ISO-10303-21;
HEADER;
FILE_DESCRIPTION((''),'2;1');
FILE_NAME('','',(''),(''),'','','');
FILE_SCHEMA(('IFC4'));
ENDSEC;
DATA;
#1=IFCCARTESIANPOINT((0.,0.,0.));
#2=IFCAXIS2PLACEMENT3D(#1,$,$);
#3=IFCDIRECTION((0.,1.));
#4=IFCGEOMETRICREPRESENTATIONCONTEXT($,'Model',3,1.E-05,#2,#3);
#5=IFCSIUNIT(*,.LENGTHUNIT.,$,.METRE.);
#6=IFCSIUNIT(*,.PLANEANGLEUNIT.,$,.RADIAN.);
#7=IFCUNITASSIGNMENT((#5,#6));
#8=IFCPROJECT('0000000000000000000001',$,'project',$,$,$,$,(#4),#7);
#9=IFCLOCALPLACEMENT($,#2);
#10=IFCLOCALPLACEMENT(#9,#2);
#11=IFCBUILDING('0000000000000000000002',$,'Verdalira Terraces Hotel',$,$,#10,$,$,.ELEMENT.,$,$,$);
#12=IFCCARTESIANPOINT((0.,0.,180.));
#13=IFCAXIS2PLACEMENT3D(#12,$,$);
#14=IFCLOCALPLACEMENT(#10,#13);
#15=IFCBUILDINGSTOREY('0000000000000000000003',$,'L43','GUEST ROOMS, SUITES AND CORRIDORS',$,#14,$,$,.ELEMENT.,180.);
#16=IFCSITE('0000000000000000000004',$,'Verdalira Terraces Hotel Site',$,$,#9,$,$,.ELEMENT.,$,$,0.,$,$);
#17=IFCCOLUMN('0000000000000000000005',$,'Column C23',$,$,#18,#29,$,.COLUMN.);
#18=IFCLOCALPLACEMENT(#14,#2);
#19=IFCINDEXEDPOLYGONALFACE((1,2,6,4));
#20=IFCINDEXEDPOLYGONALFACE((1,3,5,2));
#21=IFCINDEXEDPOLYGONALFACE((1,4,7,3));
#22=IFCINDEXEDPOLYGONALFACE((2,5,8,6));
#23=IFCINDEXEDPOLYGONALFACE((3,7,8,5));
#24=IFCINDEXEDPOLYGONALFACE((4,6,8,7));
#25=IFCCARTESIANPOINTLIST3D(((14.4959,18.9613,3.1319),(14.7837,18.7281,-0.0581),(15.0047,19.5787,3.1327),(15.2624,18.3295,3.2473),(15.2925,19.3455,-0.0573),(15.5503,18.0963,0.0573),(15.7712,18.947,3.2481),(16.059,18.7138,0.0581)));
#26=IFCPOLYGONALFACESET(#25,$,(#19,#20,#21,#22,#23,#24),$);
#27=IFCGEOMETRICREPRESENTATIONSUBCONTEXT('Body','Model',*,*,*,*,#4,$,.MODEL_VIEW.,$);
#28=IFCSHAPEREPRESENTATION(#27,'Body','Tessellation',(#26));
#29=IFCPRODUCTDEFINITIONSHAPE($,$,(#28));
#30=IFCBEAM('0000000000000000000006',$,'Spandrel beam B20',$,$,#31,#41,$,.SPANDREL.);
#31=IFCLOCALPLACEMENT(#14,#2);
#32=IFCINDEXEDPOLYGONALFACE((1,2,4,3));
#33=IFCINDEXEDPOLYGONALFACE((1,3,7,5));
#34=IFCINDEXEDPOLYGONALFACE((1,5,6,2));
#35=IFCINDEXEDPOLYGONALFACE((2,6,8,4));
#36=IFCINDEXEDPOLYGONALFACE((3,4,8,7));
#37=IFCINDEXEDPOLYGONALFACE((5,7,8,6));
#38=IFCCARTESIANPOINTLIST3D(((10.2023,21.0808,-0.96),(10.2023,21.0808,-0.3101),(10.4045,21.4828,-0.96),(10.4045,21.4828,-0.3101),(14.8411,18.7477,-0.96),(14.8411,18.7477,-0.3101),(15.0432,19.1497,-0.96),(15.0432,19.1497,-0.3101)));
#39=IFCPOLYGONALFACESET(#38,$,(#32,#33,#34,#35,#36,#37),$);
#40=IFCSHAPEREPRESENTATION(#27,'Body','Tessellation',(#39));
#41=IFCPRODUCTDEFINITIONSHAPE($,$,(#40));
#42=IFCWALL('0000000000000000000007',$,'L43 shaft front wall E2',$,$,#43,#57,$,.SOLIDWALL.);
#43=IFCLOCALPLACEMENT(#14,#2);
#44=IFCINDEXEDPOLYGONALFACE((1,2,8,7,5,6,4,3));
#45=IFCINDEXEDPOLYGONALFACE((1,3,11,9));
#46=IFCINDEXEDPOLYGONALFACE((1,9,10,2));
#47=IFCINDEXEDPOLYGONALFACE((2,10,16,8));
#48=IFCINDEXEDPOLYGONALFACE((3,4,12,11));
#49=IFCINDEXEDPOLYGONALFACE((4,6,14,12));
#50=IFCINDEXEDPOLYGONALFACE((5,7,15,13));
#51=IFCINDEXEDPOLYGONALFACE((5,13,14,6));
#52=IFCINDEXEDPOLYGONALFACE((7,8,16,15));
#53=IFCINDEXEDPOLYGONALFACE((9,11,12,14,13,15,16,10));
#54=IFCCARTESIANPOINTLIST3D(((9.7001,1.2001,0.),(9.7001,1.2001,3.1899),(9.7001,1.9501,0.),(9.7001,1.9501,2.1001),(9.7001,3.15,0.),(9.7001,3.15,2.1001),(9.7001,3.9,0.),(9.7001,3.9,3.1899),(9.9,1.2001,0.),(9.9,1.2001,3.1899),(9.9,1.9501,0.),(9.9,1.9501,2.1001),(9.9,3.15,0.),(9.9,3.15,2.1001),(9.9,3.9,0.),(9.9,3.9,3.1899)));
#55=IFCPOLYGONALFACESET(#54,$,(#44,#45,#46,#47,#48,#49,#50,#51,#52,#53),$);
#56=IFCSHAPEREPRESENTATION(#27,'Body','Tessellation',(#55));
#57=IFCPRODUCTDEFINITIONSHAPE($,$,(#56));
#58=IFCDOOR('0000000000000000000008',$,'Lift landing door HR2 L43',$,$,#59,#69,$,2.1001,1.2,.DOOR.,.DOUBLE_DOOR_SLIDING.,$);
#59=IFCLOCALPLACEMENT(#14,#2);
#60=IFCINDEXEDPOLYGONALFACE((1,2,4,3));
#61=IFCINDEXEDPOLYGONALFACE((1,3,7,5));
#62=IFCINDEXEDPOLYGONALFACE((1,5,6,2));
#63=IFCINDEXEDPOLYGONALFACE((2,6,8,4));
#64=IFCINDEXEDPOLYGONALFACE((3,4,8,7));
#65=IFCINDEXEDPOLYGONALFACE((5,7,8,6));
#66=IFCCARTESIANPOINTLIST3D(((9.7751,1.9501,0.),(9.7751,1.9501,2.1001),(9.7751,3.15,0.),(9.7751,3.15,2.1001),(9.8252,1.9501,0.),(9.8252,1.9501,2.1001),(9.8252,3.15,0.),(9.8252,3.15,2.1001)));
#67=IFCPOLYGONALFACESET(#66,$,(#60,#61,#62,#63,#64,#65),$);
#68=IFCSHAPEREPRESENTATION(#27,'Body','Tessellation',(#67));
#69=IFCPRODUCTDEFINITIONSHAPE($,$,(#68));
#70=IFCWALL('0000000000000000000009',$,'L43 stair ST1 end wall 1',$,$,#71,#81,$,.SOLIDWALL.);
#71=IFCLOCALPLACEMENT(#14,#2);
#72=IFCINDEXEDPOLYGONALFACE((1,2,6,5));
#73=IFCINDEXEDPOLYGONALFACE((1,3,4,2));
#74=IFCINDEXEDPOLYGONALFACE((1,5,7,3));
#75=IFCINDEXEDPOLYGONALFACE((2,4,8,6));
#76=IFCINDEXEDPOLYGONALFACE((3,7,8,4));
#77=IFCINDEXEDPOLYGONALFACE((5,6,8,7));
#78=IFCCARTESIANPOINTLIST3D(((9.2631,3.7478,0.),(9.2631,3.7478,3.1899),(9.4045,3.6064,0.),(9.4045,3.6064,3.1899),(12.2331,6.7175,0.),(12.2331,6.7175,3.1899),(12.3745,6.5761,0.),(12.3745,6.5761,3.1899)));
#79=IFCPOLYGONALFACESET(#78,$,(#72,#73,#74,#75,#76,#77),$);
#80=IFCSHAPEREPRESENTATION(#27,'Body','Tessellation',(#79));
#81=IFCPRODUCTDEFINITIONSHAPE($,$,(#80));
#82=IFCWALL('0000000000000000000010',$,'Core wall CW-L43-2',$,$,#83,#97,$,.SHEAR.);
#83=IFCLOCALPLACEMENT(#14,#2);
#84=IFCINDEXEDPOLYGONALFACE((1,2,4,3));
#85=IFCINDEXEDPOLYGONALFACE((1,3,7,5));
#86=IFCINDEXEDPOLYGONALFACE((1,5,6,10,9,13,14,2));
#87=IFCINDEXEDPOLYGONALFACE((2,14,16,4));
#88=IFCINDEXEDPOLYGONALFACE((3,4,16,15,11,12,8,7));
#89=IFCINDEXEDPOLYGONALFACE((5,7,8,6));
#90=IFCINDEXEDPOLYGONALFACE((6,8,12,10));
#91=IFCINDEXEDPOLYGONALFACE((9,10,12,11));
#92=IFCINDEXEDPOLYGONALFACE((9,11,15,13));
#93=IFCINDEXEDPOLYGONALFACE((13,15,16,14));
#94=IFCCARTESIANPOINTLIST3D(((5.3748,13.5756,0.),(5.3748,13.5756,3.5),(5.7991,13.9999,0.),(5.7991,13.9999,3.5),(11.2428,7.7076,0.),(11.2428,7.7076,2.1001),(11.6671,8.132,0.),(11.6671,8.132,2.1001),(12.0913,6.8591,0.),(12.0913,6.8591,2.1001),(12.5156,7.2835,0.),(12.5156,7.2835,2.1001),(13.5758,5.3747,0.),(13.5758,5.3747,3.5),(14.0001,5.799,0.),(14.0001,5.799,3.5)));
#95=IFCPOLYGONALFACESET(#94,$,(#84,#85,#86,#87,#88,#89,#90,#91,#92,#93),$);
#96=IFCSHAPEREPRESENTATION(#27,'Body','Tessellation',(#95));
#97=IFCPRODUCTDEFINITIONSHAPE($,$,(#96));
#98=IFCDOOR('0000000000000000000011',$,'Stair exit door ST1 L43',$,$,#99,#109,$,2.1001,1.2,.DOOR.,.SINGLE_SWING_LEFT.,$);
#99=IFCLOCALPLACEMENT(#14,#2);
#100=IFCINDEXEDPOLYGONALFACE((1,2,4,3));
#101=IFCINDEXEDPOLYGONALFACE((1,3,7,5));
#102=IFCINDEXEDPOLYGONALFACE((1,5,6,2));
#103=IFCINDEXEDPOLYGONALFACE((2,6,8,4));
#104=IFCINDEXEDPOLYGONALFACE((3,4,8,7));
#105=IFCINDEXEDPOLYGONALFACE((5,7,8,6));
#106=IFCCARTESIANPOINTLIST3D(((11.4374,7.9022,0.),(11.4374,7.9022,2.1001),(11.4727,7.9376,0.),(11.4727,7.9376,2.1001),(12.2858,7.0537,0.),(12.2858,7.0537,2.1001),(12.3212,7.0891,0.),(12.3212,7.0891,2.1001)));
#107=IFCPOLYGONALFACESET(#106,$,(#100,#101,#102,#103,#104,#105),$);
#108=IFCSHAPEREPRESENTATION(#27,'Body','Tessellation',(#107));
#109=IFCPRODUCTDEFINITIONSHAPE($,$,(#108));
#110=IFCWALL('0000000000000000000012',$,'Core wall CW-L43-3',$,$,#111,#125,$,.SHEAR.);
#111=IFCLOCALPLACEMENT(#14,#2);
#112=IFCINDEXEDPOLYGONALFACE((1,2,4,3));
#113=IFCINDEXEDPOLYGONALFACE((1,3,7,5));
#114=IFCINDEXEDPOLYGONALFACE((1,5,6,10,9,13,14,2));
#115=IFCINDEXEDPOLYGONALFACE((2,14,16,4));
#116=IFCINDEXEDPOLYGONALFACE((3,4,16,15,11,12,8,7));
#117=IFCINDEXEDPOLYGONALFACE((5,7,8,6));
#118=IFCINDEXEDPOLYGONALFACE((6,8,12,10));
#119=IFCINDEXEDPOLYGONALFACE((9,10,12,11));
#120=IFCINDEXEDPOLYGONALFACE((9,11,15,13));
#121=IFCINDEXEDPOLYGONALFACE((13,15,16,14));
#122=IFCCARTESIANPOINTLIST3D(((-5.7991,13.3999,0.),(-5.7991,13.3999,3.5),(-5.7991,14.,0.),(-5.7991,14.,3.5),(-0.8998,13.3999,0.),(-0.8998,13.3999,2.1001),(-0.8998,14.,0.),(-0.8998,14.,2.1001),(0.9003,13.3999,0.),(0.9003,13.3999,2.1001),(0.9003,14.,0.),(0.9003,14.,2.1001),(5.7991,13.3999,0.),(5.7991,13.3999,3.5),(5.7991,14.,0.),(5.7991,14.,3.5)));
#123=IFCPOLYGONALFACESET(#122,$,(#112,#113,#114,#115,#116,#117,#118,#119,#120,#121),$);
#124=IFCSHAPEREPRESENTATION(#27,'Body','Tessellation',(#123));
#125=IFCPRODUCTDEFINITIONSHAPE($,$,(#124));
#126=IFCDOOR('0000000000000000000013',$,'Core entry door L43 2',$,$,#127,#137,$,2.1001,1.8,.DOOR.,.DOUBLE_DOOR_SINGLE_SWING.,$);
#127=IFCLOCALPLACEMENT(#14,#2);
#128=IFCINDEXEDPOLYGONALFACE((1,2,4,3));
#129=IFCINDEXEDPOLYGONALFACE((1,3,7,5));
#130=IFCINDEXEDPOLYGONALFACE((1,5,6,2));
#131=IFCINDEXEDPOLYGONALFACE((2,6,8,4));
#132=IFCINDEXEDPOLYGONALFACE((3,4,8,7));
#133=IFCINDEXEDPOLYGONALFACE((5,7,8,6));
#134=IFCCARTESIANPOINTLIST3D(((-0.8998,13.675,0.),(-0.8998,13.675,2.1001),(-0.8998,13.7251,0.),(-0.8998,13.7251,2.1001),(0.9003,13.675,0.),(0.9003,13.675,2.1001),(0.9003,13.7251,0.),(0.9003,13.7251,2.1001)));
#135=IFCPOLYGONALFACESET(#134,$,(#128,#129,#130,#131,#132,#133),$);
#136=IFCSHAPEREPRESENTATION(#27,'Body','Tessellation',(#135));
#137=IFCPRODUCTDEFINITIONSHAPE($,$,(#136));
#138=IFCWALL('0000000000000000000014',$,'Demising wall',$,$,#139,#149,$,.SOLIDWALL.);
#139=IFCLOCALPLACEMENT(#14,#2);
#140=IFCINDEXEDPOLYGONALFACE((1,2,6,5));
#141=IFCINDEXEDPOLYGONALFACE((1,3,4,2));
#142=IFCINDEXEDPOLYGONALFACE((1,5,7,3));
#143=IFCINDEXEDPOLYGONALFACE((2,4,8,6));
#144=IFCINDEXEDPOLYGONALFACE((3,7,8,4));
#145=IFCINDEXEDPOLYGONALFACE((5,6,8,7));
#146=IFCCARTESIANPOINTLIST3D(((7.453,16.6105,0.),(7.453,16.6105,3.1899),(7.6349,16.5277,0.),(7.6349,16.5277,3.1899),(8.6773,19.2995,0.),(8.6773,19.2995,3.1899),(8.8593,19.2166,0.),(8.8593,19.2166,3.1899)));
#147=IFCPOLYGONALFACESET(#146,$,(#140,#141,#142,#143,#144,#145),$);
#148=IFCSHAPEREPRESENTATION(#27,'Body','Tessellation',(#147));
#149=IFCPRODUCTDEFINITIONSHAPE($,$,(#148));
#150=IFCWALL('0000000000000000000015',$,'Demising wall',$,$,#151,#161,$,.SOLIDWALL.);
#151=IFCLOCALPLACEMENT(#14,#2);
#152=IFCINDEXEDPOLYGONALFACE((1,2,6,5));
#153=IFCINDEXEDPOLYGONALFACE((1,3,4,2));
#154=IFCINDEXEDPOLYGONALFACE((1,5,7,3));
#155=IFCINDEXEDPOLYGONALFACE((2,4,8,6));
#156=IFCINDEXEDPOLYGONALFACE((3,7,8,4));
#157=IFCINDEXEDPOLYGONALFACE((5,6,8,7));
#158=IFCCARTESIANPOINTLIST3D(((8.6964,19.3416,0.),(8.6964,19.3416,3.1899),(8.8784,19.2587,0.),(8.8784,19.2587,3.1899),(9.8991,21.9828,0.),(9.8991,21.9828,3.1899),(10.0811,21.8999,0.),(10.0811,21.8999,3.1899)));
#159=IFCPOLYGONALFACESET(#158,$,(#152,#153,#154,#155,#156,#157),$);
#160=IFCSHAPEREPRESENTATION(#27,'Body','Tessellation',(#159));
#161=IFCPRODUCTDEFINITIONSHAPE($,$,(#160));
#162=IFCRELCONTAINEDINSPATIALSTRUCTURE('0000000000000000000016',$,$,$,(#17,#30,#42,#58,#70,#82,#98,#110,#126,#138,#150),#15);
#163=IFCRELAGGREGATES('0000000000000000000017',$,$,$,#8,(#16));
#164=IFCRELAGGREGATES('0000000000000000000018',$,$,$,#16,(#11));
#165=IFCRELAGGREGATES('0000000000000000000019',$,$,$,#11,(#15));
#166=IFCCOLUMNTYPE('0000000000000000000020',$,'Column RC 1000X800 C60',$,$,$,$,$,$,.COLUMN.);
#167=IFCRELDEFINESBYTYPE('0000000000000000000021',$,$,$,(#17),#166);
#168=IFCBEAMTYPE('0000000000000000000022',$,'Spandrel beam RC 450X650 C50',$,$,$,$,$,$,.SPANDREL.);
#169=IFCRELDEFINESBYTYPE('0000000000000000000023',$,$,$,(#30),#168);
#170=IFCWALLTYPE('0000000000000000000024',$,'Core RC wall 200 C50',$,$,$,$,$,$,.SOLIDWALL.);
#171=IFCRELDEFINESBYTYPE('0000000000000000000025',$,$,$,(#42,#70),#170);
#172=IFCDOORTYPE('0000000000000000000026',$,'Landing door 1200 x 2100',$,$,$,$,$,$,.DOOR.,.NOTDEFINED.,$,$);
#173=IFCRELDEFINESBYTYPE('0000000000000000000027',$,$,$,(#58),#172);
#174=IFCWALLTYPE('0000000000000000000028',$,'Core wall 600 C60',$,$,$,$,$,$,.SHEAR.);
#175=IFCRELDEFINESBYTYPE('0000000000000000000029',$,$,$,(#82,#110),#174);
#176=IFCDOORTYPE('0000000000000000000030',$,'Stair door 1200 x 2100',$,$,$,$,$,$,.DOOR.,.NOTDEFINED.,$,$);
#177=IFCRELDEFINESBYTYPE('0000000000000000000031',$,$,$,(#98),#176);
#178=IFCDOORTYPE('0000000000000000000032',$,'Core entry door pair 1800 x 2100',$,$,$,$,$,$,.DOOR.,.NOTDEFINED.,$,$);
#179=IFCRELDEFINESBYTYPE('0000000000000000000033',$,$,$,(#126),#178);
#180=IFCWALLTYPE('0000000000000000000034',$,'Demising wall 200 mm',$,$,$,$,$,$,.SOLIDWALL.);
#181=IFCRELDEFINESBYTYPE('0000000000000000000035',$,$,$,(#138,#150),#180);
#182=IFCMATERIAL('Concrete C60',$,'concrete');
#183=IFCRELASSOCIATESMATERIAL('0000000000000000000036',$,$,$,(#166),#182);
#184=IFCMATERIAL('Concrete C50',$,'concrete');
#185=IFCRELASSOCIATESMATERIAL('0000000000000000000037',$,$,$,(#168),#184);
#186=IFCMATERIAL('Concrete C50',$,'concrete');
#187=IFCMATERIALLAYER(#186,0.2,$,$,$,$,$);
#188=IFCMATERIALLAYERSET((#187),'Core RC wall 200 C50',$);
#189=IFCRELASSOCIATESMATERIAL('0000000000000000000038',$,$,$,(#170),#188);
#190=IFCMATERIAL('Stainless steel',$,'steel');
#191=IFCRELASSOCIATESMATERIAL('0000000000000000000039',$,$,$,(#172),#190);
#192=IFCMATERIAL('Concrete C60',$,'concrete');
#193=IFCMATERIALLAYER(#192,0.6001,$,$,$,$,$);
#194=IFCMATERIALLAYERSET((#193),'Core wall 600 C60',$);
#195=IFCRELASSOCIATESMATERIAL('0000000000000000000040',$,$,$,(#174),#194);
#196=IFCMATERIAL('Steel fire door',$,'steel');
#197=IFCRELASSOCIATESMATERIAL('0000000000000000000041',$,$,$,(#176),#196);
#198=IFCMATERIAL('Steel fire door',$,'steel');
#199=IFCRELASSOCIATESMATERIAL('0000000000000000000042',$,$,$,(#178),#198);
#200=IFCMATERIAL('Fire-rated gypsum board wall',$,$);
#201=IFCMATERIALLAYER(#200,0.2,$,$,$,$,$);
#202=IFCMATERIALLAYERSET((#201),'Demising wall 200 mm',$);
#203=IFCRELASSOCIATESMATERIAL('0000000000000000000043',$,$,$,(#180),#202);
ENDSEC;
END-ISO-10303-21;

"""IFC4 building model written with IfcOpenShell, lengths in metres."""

from ifc_helpers import new_model, si_unit, direction, frame, frame_2d, origin, origin_2d, place, context, subcontext, project, spatial, rectangle, extrude, material, layer, layer_set, material_profile, profile_set, type_object, element, fill, save


model = new_model("IFC4")

# Units and contexts
model_context = context("Model", 3, precision=1e-05, world=origin(), true_north=direction((0.0, 1.0)))
body_context = subcontext(model_context, "Body", "Model", "MODEL_VIEW")
ifc_project = project(units=[si_unit("LENGTHUNIT", "METRE"), si_unit("PLANEANGLEUNIT", "RADIAN")], contexts=[model_context])

# Site, building, storey
site_placement = place(None, origin())
site = spatial("IfcSite", under=ifc_project, at=site_placement, Name="Verdalira Terraces Hotel Site", CompositionType="ELEMENT", RefElevation=0.0)
building_placement = place(site_placement, origin())
building = spatial("IfcBuilding", under=site, at=building_placement, Name="Verdalira Terraces Hotel", CompositionType="ELEMENT")
storey_placement = place(building_placement, frame((0.0, 0.0, 180.0)))
storey = spatial("IfcBuildingStorey", under=building, at=storey_placement, Name="L43", Description="GUEST ROOMS, SUITES AND CORRIDORS", CompositionType="ELEMENT", Elevation=180.0)

# Column
ifc_material_1 = material(Name="Concrete C60", Category="concrete")
ifc_material_profile_1 = material_profile(ifc_material_1, rectangle(XDim=1.0, YDim=0.8, at=origin_2d()), Name="RC 1000X800")
ifc_profile_set_1 = profile_set([ifc_material_profile_1], Name="Concrete C60")
column_type = type_object("IfcColumnType", Name="Column RC 1000X800 C60", PredefinedType="COLUMN", material=ifc_profile_set_1)
column_placement = place(storey_placement, frame((15.4214, 18.7209, 0.0), z_axis=(-0.089632, 0.072603, 0.993325), x_axis=(0.766538, -0.631755, 0.115343)))
element("IfcColumn", 1, at=column_placement, inside=storey, type_object=column_type, Name="Column C23", PredefinedType="COLUMN", context=body_context, shape_type="SweptSolid", body=[
    extrude(rectangle(XDim=1.0, YDim=0.8, at=origin_2d()), origin(), (0.0, 0.0, 1.0), 3.2114),
])

# Beam
ifc_material_2 = material(Name="Concrete C50", Category="concrete")
ifc_material_profile_2 = material_profile(ifc_material_2, rectangle(XDim=0.45, YDim=0.6499, at=origin_2d()), Name="RC 450X650")
ifc_profile_set_2 = profile_set([ifc_material_profile_2], Name="Concrete C50")
beam_type = type_object("IfcBeamType", Name="Spandrel beam RC 450X650 C50", PredefinedType="SPANDREL", material=ifc_profile_set_2)
beam_placement = place(storey_placement, frame((14.9421, 18.9487, -0.635), z_axis=(-0.893371, 0.449319, 0.0), x_axis=(-0.449319, -0.893371, 0.0)))
element("IfcBeam", 2, at=beam_placement, inside=storey, type_object=beam_type, Name="Spandrel beam B20", PredefinedType="SPANDREL", context=body_context, shape_type="SweptSolid", body=[
    extrude(rectangle(XDim=0.45, YDim=0.6499, at=origin_2d()), origin(), (0.0, 0.0, 1.0), 5.1924),
])

# Wall, opening, door
ifc_material_3 = material(Name="Concrete C50", Category="concrete")
ifc_layer_1 = layer(ifc_material_3, 0.2)
ifc_layer_set_1 = layer_set([ifc_layer_1], Name="Core RC wall 200 C50")
wall_type_1 = type_object("IfcWallType", Name="Core RC wall 200 C50", PredefinedType="SOLIDWALL", material=ifc_layer_set_1)
wall_1_placement = place(storey_placement, frame((9.8, 1.2, 0.0), z_axis=(0.0, 0.0, 1.0), x_axis=(0.0, 1.0, 0.0)))
wall_1 = element("IfcWall", 3, at=wall_1_placement, inside=storey, type_object=wall_type_1, Name="L43 shaft front wall E2", PredefinedType="SOLIDWALL", context=body_context, shape_type="SweptSolid", body=[
    extrude(rectangle(XDim=2.7, YDim=0.2, at=frame_2d((1.3501, 0.0))), origin(), (0.0, 0.0, 1.0), 3.1899),
])
opening_1_placement = place(wall_1_placement, frame((0.75, 0.0, 0.0)))
opening_1 = element("IfcOpeningElement", 4, at=opening_1_placement, cuts=wall_1, PredefinedType="OPENING", context=body_context, shape_type="SweptSolid", body=[
    extrude(rectangle(XDim=1.2, YDim=2.1001, at=frame_2d((0.6001, 1.05))), frame((0.0, 0.1099, 0.0), z_axis=(0.0, -1.0, 0.0), x_axis=(1.0, 0.0, 0.0)), (0.0, 0.0, 1.0), 0.22),
])
ifc_material_4 = material(Name="Stainless steel", Category="steel")
door_type_1 = type_object("IfcDoorType", Name="Landing door 1200 x 2100", OperationType="NOTDEFINED", PredefinedType="DOOR", material=ifc_material_4)
door_1_placement = place(opening_1_placement, origin())
door_1 = element("IfcDoor", 5, at=door_1_placement, inside=storey, type_object=door_type_1, Name="Lift landing door HR2 L43", OperationType="DOUBLE_DOOR_SLIDING", OverallHeight=2.1001, OverallWidth=1.2, PredefinedType="DOOR", context=body_context, shape_type="SweptSolid", body=[
    extrude(rectangle(XDim=1.2, YDim=2.1001, at=frame_2d((0.6001, 1.05))), frame((0.0, 0.0249, 0.0), z_axis=(0.0, -1.0, 0.0), x_axis=(1.0, 0.0, 0.0)), (0.0, 0.0, 1.0), 0.05),
])
fill(opening_1, door_1)

# Wall
wall_2_placement = place(storey_placement, frame((9.3337, 3.677, 0.0), z_axis=(0.0, 0.0, 1.0), x_axis=(0.707136, 0.707078, 0.0)))
element("IfcWall", 6, at=wall_2_placement, inside=storey, type_object=wall_type_1, Name="L43 stair ST1 end wall 1", PredefinedType="SOLIDWALL", context=body_context, shape_type="SweptSolid", body=[
    extrude(rectangle(XDim=4.2, YDim=0.2, at=frame_2d((2.1001, 0.0))), origin(), (0.0, 0.0, 1.0), 3.1899),
])

# Walls, openings, doors
ifc_material_5 = material(Name="Concrete C60", Category="concrete")
ifc_layer_2 = layer(ifc_material_5, 0.6001)
ifc_layer_set_2 = layer_set([ifc_layer_2], Name="Core wall 600 C60")
wall_type_2 = type_object("IfcWallType", Name="Core wall 600 C60", PredefinedType="SHEAR", material=ifc_layer_set_2)
wall_3_placement = place(storey_placement, frame((13.7878, 5.5869, 0.0), z_axis=(0.0, 0.0, 1.0), x_axis=(-0.707107, 0.707107, 0.0)))
wall_3 = element("IfcWall", 7, at=wall_3_placement, inside=storey, type_object=wall_type_2, Name="Core wall CW-L43-2", PredefinedType="SHEAR", context=body_context, shape_type="SweptSolid", body=[
    extrude(rectangle(XDim=11.5979, YDim=0.6001, at=frame_2d((5.7988, 0.0))), origin(), (0.0, 0.0, 1.0), 3.5),
])
opening_2_placement = place(wall_3_placement, frame((2.0991, 0.0, 0.0)))
opening_2 = element("IfcOpeningElement", 8, at=opening_2_placement, cuts=wall_3, PredefinedType="OPENING", context=body_context, shape_type="SweptSolid", body=[
    extrude(rectangle(XDim=1.2, YDim=2.1001, at=frame_2d((0.6001, 1.05))), frame((0.0, 0.3101, 0.0), z_axis=(0.0, -1.0, 0.0), x_axis=(1.0, 0.0, 0.0)), (0.0, 0.0, 1.0), 0.6201),
])
ifc_material_6 = material(Name="Steel fire door", Category="steel")
door_type_2 = type_object("IfcDoorType", Name="Stair door 1200 x 2100", OperationType="NOTDEFINED", PredefinedType="DOOR", material=ifc_material_6)
door_2_placement = place(opening_2_placement, origin())
door_2 = element("IfcDoor", 9, at=door_2_placement, inside=storey, type_object=door_type_2, Name="Stair exit door ST1 L43", OperationType="SINGLE_SWING_LEFT", OverallHeight=2.1001, OverallWidth=1.2, PredefinedType="DOOR", context=body_context, shape_type="SweptSolid", body=[
    extrude(rectangle(XDim=1.2, YDim=2.1001, at=frame_2d((0.6001, 1.05))), frame((0.0, 0.0249, 0.0), z_axis=(0.0, -1.0, 0.0), x_axis=(1.0, 0.0, 0.0)), (0.0, 0.0, 1.0), 0.05),
])
fill(opening_2, door_2)
wall_4_placement = place(storey_placement, frame((5.7991, 13.7, 0.0), z_axis=(0.0, 0.0, 1.0), x_axis=(-1.0, 0.0, 0.0)))
wall_4 = element("IfcWall", 10, at=wall_4_placement, inside=storey, type_object=wall_type_2, Name="Core wall CW-L43-3", PredefinedType="SHEAR", context=body_context, shape_type="SweptSolid", body=[
    extrude(rectangle(XDim=11.5981, YDim=0.6001, at=frame_2d((5.7991, 0.0))), origin(), (0.0, 0.0, 1.0), 3.5),
])
opening_3_placement = place(wall_4_placement, frame((4.8989, 0.0, 0.0)))
opening_3 = element("IfcOpeningElement", 11, at=opening_3_placement, cuts=wall_4, PredefinedType="OPENING", context=body_context, shape_type="SweptSolid", body=[
    extrude(rectangle(XDim=1.8, YDim=2.1001, at=frame_2d((0.8999, 1.05))), frame((0.0, 0.3101, 0.0), z_axis=(0.0, -1.0, 0.0), x_axis=(1.0, 0.0, 0.0)), (0.0, 0.0, 1.0), 0.6201),
])
ifc_material_7 = material(Name="Steel fire door", Category="steel")
door_type_3 = type_object("IfcDoorType", Name="Core entry door pair 1800 x 2100", OperationType="NOTDEFINED", PredefinedType="DOOR", material=ifc_material_7)
door_3_placement = place(opening_3_placement, origin())
door_3 = element("IfcDoor", 12, at=door_3_placement, inside=storey, type_object=door_type_3, Name="Core entry door L43 2", OperationType="DOUBLE_DOOR_SINGLE_SWING", OverallHeight=2.1001, OverallWidth=1.8, PredefinedType="DOOR", context=body_context, shape_type="SweptSolid", body=[
    extrude(rectangle(XDim=1.8, YDim=2.1001, at=frame_2d((0.8999, 1.05))), frame((0.0, 0.0249, 0.0), z_axis=(0.0, -1.0, 0.0), x_axis=(1.0, 0.0, 0.0)), (0.0, 0.0, 1.0), 0.05),
])
fill(opening_3, door_3)

# Walls
ifc_material_8 = material(Name="Fire-rated gypsum board wall")
ifc_layer_3 = layer(ifc_material_8, 0.2)
ifc_layer_set_3 = layer_set([ifc_layer_3], Name="Demising wall 200 mm")
wall_type_3 = type_object("IfcWallType", Name="Demising wall 200 mm", PredefinedType="SOLIDWALL", material=ifc_layer_set_3)
wall_5_placement = place(storey_placement, frame((7.5439, 16.5691, 0.0), z_axis=(0.0, 0.0, 1.0), x_axis=(0.414394, 0.910097, 0.0)))
element("IfcWall", 13, at=wall_5_placement, inside=storey, type_object=wall_type_3, Name="Demising wall", PredefinedType="SOLIDWALL", context=body_context, shape_type="SweptSolid", body=[
    extrude(rectangle(XDim=2.9546, YDim=0.2, at=frame_2d((1.4773, 0.0))), origin(), (0.0, 0.0, 1.0), 3.1899),
])
wall_6_placement = place(storey_placement, frame((8.7874, 19.3, 0.0), z_axis=(0.0, 0.0, 1.0), x_axis=(0.414411, 0.91009, 0.0)))
element("IfcWall", 14, at=wall_6_placement, inside=storey, type_object=wall_type_3, Name="Demising wall", PredefinedType="SOLIDWALL", context=body_context, shape_type="SweptSolid", body=[
    extrude(rectangle(XDim=2.9021, YDim=0.2, at=frame_2d((1.4512, 0.0))), origin(), (0.0, 0.0, 1.0), 3.1899),
])

save(model, "model.ifc")
